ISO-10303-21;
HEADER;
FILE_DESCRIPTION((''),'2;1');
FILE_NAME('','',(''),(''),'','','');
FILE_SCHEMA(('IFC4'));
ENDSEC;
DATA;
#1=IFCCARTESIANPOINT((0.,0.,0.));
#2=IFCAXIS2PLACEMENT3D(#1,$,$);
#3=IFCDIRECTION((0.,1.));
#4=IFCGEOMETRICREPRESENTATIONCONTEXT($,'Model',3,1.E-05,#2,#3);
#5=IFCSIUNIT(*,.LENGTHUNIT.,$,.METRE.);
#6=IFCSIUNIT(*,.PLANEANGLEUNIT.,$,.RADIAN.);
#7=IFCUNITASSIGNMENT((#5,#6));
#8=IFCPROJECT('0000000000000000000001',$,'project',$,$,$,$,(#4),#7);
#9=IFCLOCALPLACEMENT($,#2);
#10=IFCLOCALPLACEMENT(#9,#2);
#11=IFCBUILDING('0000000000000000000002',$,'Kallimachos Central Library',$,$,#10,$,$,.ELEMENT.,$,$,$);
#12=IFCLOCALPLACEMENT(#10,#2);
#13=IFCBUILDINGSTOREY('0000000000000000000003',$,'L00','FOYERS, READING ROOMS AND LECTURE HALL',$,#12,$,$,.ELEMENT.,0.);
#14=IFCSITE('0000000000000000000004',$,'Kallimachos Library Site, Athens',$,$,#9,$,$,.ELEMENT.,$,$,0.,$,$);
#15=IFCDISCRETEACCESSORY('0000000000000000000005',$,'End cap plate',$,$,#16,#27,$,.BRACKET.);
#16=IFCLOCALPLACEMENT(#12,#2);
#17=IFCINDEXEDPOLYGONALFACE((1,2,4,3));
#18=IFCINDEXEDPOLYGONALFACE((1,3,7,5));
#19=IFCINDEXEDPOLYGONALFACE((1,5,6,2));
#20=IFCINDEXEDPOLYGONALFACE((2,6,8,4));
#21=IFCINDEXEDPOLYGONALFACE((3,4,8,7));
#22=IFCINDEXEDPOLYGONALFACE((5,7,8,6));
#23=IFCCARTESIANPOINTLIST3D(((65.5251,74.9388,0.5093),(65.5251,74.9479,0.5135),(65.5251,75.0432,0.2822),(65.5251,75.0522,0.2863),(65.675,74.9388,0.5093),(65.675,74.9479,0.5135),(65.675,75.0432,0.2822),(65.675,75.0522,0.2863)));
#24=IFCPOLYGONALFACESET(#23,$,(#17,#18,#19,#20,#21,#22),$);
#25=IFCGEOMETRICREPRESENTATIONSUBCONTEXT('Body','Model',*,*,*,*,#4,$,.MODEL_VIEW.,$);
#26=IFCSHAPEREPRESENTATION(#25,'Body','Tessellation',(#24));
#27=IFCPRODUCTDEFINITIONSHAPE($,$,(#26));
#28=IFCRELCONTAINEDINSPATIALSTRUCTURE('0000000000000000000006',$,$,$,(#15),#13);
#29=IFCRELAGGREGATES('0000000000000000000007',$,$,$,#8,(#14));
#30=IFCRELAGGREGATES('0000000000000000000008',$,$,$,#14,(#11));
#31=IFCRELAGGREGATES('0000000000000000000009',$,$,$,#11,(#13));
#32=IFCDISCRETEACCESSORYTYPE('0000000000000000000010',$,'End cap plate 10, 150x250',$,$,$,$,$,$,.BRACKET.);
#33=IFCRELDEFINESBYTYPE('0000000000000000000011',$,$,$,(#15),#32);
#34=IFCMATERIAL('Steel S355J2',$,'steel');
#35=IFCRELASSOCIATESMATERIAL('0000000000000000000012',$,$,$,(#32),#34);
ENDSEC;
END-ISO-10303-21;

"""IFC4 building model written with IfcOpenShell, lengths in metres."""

from ifc_helpers import new_model, si_unit, direction, frame, origin, origin_2d, place, context, subcontext, project, spatial, rectangle, extrude, material, material_profile, profile_set, type_object, element, save


model = new_model("IFC4")

# Units and contexts
model_context = context("Model", 3, precision=1e-05, world=origin(), true_north=direction((0.0, 1.0)))
body_context = subcontext(model_context, "Body", "Model", "MODEL_VIEW")
ifc_project = project(units=[si_unit("LENGTHUNIT", "METRE"), si_unit("PLANEANGLEUNIT", "RADIAN")], contexts=[model_context])

# Site, building, storey
site_placement = place(None, origin())
site = spatial("IfcSite", under=ifc_project, at=site_placement, Name="Kallimachos Library Site, Athens", CompositionType="ELEMENT", RefElevation=0.0)
building_placement = place(site_placement, origin())
building = spatial("IfcBuilding", under=site, at=building_placement, Name="Kallimachos Central Library", CompositionType="ELEMENT")
storey_placement = place(building_placement, origin())
storey = spatial("IfcBuildingStorey", under=building, at=storey_placement, Name="L00", Description="FOYERS, READING ROOMS AND LECTURE HALL", CompositionType="ELEMENT", Elevation=0.0)

# Discrete accessory
ifc_material_1 = material(Name="Steel S355J2", Category="steel")
ifc_material_profile_1 = material_profile(ifc_material_1, rectangle(XDim=0.1499, YDim=0.25, at=origin_2d()), Name="End cap plate 10, 150x250")
ifc_profile_set_1 = profile_set([ifc_material_profile_1], Name="Steel S355J2")
discrete_accessory_type = type_object("IfcDiscreteAccessoryType", Name="End cap plate 10, 150x250", PredefinedType="BRACKET", material=ifc_profile_set_1)
discrete_accessory_placement = place(storey_placement, frame((65.6001, 74.991, 0.3958), z_axis=(0.0, 0.908677, 0.4175), x_axis=(-1.0, 0.0, 0.0)))
element("IfcDiscreteAccessory", 1, at=discrete_accessory_placement, inside=storey, type_object=discrete_accessory_type, Name="End cap plate", PredefinedType="BRACKET", context=body_context, shape_type="SweptSolid", body=[
    extrude(rectangle(XDim=0.1499, YDim=0.25, at=origin_2d()), origin(), (0.0, 0.0, 1.0), 0.01),
])

save(model, "model.ifc")
